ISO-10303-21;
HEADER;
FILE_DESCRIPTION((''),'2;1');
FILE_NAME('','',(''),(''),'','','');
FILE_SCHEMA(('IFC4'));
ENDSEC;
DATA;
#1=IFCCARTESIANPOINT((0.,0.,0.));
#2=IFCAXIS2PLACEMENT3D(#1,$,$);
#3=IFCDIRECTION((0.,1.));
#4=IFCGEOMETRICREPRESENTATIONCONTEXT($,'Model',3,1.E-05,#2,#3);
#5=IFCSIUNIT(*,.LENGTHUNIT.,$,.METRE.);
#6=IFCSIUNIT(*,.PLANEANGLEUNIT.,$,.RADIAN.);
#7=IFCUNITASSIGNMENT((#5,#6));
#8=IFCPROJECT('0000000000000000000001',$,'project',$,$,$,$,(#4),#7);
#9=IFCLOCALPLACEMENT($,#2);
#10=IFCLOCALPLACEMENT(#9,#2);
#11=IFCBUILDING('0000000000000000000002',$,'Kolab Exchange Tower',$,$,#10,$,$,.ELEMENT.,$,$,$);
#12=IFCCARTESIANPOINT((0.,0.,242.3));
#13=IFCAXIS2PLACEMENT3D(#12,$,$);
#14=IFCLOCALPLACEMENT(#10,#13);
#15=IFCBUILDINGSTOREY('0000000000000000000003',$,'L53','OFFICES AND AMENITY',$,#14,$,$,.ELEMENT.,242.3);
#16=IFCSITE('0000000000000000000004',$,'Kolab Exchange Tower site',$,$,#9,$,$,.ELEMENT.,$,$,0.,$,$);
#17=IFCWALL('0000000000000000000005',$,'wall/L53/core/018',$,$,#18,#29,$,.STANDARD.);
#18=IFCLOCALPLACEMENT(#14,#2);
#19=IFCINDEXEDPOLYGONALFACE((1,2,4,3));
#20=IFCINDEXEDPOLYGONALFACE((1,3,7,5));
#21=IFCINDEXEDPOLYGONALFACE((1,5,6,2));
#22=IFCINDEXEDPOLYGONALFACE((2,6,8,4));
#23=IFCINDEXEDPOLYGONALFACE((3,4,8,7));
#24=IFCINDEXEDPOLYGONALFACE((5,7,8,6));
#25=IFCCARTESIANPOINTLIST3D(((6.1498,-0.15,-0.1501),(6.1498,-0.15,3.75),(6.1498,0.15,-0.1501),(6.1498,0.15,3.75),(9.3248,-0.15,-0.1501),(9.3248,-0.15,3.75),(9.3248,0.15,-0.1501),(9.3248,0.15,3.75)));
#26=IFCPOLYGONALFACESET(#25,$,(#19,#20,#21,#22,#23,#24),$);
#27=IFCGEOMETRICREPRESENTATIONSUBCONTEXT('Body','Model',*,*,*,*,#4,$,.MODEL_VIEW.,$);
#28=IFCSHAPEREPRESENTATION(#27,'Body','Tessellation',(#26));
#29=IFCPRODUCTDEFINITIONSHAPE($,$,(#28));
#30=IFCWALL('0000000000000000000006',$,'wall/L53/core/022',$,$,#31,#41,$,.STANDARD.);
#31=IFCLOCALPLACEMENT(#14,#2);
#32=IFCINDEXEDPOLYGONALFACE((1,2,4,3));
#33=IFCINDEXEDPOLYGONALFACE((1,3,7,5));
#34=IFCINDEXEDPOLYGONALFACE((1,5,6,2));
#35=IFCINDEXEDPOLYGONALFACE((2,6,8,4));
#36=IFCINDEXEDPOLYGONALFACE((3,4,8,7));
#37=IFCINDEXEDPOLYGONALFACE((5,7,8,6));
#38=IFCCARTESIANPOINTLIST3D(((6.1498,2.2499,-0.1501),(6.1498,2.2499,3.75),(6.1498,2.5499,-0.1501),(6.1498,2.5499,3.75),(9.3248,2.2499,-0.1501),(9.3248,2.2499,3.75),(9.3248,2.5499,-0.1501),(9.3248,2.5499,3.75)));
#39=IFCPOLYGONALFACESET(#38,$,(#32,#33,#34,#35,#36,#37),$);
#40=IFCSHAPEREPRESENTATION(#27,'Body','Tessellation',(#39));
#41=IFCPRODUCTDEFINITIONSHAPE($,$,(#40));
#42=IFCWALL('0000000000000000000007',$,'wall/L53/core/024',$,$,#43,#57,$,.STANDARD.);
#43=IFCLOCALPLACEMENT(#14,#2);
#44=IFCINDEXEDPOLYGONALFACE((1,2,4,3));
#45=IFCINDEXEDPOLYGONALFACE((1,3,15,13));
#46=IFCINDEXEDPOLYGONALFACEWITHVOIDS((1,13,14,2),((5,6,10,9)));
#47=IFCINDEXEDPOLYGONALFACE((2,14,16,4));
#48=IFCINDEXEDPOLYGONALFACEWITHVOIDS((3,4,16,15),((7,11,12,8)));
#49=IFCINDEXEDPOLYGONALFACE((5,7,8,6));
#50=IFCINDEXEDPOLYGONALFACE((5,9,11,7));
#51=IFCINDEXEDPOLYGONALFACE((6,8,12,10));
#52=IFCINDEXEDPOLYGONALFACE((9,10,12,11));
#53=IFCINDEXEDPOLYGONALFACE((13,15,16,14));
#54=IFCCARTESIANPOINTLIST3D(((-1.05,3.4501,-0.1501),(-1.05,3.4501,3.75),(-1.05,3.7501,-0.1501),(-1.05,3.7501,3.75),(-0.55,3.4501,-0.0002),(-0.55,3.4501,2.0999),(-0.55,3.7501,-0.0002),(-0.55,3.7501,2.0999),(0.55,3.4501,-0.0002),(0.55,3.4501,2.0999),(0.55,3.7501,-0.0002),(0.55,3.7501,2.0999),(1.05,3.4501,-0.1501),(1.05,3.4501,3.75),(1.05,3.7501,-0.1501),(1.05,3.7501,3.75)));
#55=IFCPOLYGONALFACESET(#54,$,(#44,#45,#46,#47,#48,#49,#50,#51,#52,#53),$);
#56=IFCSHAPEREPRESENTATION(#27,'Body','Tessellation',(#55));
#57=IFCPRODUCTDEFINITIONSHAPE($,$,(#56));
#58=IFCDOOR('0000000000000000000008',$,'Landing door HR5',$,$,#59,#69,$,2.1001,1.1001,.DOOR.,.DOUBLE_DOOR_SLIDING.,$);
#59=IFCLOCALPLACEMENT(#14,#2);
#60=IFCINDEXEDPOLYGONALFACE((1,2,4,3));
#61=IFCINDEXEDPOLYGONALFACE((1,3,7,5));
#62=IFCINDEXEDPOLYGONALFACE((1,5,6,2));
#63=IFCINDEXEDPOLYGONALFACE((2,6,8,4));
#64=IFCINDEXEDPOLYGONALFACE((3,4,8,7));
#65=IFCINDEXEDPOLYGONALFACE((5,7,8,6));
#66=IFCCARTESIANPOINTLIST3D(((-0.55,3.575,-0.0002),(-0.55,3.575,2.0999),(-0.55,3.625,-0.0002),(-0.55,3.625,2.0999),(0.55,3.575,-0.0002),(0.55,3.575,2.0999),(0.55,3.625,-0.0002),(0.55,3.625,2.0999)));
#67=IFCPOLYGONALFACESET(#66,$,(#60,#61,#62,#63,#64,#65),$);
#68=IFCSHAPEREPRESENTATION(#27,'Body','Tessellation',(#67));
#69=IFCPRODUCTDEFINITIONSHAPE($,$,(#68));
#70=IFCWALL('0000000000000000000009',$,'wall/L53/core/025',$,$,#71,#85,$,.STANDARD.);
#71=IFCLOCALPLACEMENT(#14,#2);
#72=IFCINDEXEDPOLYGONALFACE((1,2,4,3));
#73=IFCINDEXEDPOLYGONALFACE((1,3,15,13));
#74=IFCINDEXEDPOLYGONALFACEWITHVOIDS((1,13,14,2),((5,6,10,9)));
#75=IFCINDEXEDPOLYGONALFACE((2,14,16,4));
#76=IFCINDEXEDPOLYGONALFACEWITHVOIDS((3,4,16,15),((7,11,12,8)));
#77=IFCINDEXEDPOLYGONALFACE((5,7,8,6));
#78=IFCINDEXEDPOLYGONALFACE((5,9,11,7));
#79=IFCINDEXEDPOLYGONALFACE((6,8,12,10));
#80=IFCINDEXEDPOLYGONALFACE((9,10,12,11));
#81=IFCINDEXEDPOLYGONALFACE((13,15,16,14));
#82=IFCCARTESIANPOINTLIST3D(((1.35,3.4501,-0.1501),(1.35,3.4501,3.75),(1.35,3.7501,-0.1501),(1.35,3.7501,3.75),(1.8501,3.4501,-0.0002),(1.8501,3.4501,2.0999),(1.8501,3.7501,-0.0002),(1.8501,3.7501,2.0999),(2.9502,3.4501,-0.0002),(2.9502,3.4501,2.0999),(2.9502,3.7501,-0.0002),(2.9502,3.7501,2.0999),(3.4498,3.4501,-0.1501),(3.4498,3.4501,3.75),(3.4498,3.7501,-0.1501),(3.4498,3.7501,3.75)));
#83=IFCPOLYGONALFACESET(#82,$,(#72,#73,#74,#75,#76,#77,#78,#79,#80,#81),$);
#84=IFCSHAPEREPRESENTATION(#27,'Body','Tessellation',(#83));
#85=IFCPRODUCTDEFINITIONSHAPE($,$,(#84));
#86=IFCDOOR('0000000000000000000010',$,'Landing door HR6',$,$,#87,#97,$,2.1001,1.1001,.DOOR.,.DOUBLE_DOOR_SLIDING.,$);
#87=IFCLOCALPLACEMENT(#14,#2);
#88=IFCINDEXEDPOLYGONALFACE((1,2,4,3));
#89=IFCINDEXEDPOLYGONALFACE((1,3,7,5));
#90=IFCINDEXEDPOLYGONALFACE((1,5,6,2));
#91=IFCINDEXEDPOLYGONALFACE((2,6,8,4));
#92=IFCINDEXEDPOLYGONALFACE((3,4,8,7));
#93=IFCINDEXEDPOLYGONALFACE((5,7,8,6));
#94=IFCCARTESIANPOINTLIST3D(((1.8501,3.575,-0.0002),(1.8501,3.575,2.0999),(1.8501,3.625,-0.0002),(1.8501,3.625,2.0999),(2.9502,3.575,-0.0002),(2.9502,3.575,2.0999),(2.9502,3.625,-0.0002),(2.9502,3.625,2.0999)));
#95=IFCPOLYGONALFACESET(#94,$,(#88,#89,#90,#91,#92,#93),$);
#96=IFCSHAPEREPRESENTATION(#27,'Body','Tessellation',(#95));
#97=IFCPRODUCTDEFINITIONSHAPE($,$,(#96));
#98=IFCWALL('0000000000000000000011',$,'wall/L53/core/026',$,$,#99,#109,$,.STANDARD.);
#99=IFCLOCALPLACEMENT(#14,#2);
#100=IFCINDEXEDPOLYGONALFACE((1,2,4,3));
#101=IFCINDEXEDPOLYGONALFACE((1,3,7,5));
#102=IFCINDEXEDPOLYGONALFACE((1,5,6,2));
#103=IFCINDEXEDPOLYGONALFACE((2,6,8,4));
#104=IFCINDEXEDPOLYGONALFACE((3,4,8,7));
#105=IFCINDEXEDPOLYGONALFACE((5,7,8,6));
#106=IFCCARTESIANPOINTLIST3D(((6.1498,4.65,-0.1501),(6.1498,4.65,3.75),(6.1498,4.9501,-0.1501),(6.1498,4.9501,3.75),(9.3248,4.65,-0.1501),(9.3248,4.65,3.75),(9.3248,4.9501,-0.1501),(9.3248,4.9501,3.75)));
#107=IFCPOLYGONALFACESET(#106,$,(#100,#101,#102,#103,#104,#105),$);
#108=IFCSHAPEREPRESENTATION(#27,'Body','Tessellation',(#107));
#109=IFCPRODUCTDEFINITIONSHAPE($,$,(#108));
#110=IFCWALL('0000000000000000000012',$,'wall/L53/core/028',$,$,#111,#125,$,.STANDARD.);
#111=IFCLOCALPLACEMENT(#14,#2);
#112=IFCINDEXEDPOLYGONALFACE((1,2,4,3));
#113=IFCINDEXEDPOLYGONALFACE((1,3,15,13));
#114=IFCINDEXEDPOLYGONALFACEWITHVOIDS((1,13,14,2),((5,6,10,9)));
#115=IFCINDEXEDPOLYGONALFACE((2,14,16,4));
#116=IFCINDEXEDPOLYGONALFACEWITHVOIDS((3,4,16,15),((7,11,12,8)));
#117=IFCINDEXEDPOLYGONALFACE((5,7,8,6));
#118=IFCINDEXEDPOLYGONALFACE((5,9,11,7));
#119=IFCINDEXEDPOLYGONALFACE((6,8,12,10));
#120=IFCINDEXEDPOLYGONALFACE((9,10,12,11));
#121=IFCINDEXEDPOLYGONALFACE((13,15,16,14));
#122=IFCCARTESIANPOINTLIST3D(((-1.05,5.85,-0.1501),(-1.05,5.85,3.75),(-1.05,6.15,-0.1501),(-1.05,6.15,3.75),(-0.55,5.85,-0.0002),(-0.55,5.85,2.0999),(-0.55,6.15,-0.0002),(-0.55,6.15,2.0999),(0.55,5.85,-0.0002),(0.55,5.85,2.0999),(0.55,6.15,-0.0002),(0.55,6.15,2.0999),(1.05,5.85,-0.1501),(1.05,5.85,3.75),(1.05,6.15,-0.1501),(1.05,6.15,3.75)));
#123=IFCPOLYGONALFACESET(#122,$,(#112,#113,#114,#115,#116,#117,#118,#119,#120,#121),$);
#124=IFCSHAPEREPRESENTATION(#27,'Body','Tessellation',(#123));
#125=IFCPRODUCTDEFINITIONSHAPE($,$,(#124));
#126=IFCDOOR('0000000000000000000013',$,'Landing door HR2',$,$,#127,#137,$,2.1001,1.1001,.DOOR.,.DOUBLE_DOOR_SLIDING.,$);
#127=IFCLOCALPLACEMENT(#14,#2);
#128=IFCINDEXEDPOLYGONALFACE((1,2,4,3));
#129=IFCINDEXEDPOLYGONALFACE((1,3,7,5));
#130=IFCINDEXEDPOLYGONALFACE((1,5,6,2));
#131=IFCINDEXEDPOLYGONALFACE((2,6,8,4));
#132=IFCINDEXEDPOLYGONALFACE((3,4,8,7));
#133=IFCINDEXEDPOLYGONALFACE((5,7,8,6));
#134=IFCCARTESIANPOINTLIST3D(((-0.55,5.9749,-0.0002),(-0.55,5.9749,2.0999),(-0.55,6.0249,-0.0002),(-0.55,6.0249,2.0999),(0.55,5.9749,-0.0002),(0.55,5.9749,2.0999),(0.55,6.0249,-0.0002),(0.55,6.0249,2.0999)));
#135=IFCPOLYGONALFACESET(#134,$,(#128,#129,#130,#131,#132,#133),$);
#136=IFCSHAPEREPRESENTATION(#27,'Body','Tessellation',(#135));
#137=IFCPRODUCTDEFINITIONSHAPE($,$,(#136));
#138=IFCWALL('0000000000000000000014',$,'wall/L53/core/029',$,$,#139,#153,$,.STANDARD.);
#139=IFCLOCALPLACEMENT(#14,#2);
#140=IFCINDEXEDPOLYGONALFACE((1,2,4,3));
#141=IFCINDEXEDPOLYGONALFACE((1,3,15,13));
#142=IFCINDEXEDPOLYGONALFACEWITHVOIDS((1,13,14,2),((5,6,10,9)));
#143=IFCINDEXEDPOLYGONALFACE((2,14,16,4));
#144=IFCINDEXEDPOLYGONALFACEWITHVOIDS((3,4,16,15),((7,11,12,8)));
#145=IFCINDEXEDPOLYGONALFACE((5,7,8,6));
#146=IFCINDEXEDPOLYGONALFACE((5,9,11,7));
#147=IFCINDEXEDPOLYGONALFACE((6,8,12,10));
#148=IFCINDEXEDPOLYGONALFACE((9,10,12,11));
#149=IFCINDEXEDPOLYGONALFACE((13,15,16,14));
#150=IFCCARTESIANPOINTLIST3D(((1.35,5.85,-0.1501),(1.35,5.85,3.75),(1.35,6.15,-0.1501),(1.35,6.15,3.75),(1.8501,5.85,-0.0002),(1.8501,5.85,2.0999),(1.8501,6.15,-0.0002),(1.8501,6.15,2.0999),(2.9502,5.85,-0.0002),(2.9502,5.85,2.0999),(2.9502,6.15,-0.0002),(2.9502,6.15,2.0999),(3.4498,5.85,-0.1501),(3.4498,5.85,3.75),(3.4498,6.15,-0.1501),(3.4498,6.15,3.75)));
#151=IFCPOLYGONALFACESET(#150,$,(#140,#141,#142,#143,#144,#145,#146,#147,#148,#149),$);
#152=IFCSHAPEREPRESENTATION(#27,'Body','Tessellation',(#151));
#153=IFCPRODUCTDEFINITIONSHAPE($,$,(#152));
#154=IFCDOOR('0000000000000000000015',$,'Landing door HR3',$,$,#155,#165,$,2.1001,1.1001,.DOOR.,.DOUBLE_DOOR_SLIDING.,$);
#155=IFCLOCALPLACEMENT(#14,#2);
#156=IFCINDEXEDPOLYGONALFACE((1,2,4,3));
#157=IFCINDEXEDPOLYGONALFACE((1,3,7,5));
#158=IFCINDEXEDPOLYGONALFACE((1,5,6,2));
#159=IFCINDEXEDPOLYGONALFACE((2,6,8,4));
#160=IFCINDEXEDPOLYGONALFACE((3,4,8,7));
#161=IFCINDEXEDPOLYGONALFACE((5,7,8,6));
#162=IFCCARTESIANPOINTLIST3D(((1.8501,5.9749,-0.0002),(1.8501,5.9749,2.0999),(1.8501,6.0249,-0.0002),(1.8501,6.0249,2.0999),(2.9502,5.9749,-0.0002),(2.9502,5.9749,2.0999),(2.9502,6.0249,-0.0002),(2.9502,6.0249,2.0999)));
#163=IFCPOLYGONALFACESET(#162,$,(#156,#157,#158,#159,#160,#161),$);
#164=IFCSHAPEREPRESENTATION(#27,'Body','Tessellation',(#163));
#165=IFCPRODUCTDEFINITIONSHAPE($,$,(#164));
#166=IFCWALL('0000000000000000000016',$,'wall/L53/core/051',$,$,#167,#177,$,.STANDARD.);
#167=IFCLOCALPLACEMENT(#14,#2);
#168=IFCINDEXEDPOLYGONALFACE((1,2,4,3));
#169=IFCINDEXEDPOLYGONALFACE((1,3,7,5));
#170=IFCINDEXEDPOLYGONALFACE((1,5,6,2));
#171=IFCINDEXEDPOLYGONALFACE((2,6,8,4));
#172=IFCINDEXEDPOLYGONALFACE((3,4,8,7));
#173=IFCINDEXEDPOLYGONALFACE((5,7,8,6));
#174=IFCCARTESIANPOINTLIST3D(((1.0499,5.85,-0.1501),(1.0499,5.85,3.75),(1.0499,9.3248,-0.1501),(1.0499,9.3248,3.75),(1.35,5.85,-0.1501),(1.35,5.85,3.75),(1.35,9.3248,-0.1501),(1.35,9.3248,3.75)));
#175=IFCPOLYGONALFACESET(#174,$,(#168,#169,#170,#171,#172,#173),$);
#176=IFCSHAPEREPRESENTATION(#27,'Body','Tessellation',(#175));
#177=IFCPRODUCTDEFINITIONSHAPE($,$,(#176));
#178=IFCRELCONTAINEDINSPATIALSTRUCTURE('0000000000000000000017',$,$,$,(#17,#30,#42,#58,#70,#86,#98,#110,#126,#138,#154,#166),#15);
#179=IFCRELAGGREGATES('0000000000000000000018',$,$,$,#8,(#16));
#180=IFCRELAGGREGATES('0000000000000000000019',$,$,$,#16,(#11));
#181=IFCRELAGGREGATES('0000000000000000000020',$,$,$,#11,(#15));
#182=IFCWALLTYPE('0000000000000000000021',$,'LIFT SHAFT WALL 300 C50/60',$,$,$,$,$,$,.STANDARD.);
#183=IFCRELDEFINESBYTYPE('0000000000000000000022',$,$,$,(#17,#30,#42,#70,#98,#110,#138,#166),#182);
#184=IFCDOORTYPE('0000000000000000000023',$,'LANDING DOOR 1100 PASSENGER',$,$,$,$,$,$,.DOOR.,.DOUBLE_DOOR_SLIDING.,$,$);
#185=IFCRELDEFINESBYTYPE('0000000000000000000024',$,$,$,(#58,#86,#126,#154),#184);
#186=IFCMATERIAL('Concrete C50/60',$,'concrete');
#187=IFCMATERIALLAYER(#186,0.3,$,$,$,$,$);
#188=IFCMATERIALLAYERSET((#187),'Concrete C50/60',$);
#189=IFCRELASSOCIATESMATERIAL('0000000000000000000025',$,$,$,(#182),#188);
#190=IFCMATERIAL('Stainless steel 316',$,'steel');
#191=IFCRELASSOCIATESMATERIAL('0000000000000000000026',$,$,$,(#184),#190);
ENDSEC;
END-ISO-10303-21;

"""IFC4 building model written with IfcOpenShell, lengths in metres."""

from ifc_helpers import new_model, si_unit, direction, frame, frame_2d, origin, place, context, subcontext, project, spatial, rectangle, extrude, material, layer, layer_set, type_object, element, fill, save


model = new_model("IFC4")

# Units and contexts
model_context = context("Model", 3, precision=1e-05, world=origin(), true_north=direction((0.0, 1.0)))
body_context = subcontext(model_context, "Body", "Model", "MODEL_VIEW")
ifc_project = project(units=[si_unit("LENGTHUNIT", "METRE"), si_unit("PLANEANGLEUNIT", "RADIAN")], contexts=[model_context])

# Site, building, storey
site_placement = place(None, origin())
site = spatial("IfcSite", under=ifc_project, at=site_placement, Name="Kolab Exchange Tower site", CompositionType="ELEMENT", RefElevation=0.0)
building_placement = place(site_placement, origin())
building = spatial("IfcBuilding", under=site, at=building_placement, Name="Kolab Exchange Tower", CompositionType="ELEMENT")
storey_placement = place(building_placement, frame((0.0, 0.0, 242.3)))
storey = spatial("IfcBuildingStorey", under=building, at=storey_placement, Name="L53", Description="OFFICES AND AMENITY", CompositionType="ELEMENT", Elevation=242.3)

# Shared definitions
ifc_material_1 = material(Name="Concrete C50/60", Category="concrete")

# Walls
ifc_layer_1 = layer(ifc_material_1, 0.3)
ifc_layer_set_1 = layer_set([ifc_layer_1], Name="Concrete C50/60")
wall_type = type_object("IfcWallType", Name="LIFT SHAFT WALL 300 C50/60", PredefinedType="STANDARD", material=ifc_layer_set_1)
for number, where, z_axis, x_axis, name in (
    (1, (6.1499, 0.0, -0.1501), (0.0, 0.0, 1.0), (1.0, 0.0, 0.0), "wall/L53/core/018"),
    (2, (6.1499, 2.3999, -0.1501), (0.0, 0.0, 1.0), (1.0, 0.0, 0.0), "wall/L53/core/022"),
):
    element("IfcWall", number, at=place(storey_placement, frame(where, z_axis=z_axis, x_axis=x_axis)), inside=storey, type_object=wall_type, Name=name, PredefinedType="STANDARD", context=body_context, shape_type="SweptSolid", body=[
        extrude(rectangle(XDim=3.175, YDim=0.3, at=frame_2d((1.5874, 0.0))), origin(), (0.0, 0.0, 1.0), 3.9001),
    ])

# Walls, openings, doors
wall_1_placement = place(storey_placement, frame((-1.05, 3.6001, -0.1501), z_axis=(0.0, 0.0, 1.0), x_axis=(1.0, 0.0, 0.0)))
wall_1 = element("IfcWall", 3, at=wall_1_placement, inside=storey, type_object=wall_type, Name="wall/L53/core/024", PredefinedType="STANDARD", context=body_context, shape_type="SweptSolid", body=[
    extrude(rectangle(XDim=2.1001, YDim=0.3, at=frame_2d((1.05, 0.0))), origin(), (0.0, 0.0, 1.0), 3.9001),
])
opening_1_placement = place(wall_1_placement, frame((0.5, 0.0, 0.1499)))
opening_1 = element("IfcOpeningElement", 4, at=opening_1_placement, cuts=wall_1, PredefinedType="OPENING", context=body_context, shape_type="SweptSolid", body=[
    extrude(rectangle(XDim=1.1001, YDim=2.1001, at=frame_2d((0.55, 1.05))), frame((0.0, 0.1602, 0.0), z_axis=(0.0, -1.0, 0.0), x_axis=(1.0, 0.0, 0.0)), (0.0, 0.0, 1.0), 0.3201),
])
ifc_material_2 = material(Name="Stainless steel 316", Category="steel")
door_type = type_object("IfcDoorType", Name="LANDING DOOR 1100 PASSENGER", OperationType="DOUBLE_DOOR_SLIDING", PredefinedType="DOOR", material=ifc_material_2)
door_1_placement = place(opening_1_placement, origin())
door_1 = element("IfcDoor", 5, at=door_1_placement, inside=storey, type_object=door_type, Name="Landing door HR5", OperationType="DOUBLE_DOOR_SLIDING", OverallHeight=2.1001, OverallWidth=1.1001, PredefinedType="DOOR", context=body_context, shape_type="SweptSolid", body=[
    extrude(rectangle(XDim=1.1001, YDim=2.1001, at=frame_2d((0.55, 1.05))), frame((0.0, 0.0249, 0.0), z_axis=(0.0, -1.0, 0.0), x_axis=(1.0, 0.0, 0.0)), (0.0, 0.0, 1.0), 0.05),
])
fill(opening_1, door_1)
wall_2_placement = place(storey_placement, frame((1.3501, 3.6001, -0.1501), z_axis=(0.0, 0.0, 1.0), x_axis=(1.0, 0.0, 0.0)))
wall_2 = element("IfcWall", 6, at=wall_2_placement, inside=storey, type_object=wall_type, Name="wall/L53/core/025", PredefinedType="STANDARD", context=body_context, shape_type="SweptSolid", body=[
    extrude(rectangle(XDim=2.0999, YDim=0.3, at=frame_2d((1.0498, 0.0))), origin(), (0.0, 0.0, 1.0), 3.9001),
])
opening_2_placement = place(wall_2_placement, frame((0.5, 0.0, 0.1499)))
opening_2 = element("IfcOpeningElement", 7, at=opening_2_placement, cuts=wall_2, PredefinedType="OPENING", context=body_context, shape_type="SweptSolid", body=[
    extrude(rectangle(XDim=1.1001, YDim=2.1001, at=frame_2d((0.55, 1.05))), frame((0.0, 0.1602, 0.0), z_axis=(0.0, -1.0, 0.0), x_axis=(1.0, 0.0, 0.0)), (0.0, 0.0, 1.0), 0.3201),
])
door_2_placement = place(opening_2_placement, origin())
door_2 = element("IfcDoor", 8, at=door_2_placement, inside=storey, type_object=door_type, Name="Landing door HR6", OperationType="DOUBLE_DOOR_SLIDING", OverallHeight=2.1001, OverallWidth=1.1001, PredefinedType="DOOR", context=body_context, shape_type="SweptSolid", body=[
    extrude(rectangle(XDim=1.1001, YDim=2.1001, at=frame_2d((0.55, 1.05))), frame((0.0, 0.0249, 0.0), z_axis=(0.0, -1.0, 0.0), x_axis=(1.0, 0.0, 0.0)), (0.0, 0.0, 1.0), 0.05),
])
fill(opening_2, door_2)

# Wall
wall_3_placement = place(storey_placement, frame((6.1499, 4.8, -0.1501), z_axis=(0.0, 0.0, 1.0), x_axis=(1.0, 0.0, 0.0)))
element("IfcWall", 9, at=wall_3_placement, inside=storey, type_object=wall_type, Name="wall/L53/core/026", PredefinedType="STANDARD", context=body_context, shape_type="SweptSolid", body=[
    extrude(rectangle(XDim=3.175, YDim=0.3, at=frame_2d((1.5874, 0.0))), origin(), (0.0, 0.0, 1.0), 3.9001),
])

# Walls, openings, doors
wall_4_placement = place(storey_placement, frame((-1.05, 6.0, -0.1501), z_axis=(0.0, 0.0, 1.0), x_axis=(1.0, 0.0, 0.0)))
wall_4 = element("IfcWall", 10, at=wall_4_placement, inside=storey, type_object=wall_type, Name="wall/L53/core/028", PredefinedType="STANDARD", context=body_context, shape_type="SweptSolid", body=[
    extrude(rectangle(XDim=2.1001, YDim=0.3, at=frame_2d((1.05, 0.0))), origin(), (0.0, 0.0, 1.0), 3.9001),
])
opening_3_placement = place(wall_4_placement, frame((0.5, 0.0, 0.1499)))
opening_3 = element("IfcOpeningElement", 11, at=opening_3_placement, cuts=wall_4, PredefinedType="OPENING", context=body_context, shape_type="SweptSolid", body=[
    extrude(rectangle(XDim=1.1001, YDim=2.1001, at=frame_2d((0.55, 1.05))), frame((0.0, 0.1602, 0.0), z_axis=(0.0, -1.0, 0.0), x_axis=(1.0, 0.0, 0.0)), (0.0, 0.0, 1.0), 0.3201),
])
door_3_placement = place(opening_3_placement, origin())
door_3 = element("IfcDoor", 12, at=door_3_placement, inside=storey, type_object=door_type, Name="Landing door HR2", OperationType="DOUBLE_DOOR_SLIDING", OverallHeight=2.1001, OverallWidth=1.1001, PredefinedType="DOOR", context=body_context, shape_type="SweptSolid", body=[
    extrude(rectangle(XDim=1.1001, YDim=2.1001, at=frame_2d((0.55, 1.05))), frame((0.0, 0.0249, 0.0), z_axis=(0.0, -1.0, 0.0), x_axis=(1.0, 0.0, 0.0)), (0.0, 0.0, 1.0), 0.05),
])
fill(opening_3, door_3)
wall_5_placement = place(storey_placement, frame((1.3501, 6.0, -0.1501), z_axis=(0.0, 0.0, 1.0), x_axis=(1.0, 0.0, 0.0)))
wall_5 = element("IfcWall", 13, at=wall_5_placement, inside=storey, type_object=wall_type, Name="wall/L53/core/029", PredefinedType="STANDARD", context=body_context, shape_type="SweptSolid", body=[
    extrude(rectangle(XDim=2.0999, YDim=0.3, at=frame_2d((1.0498, 0.0))), origin(), (0.0, 0.0, 1.0), 3.9001),
])
opening_4_placement = place(wall_5_placement, frame((0.5, 0.0, 0.1499)))
opening_4 = element("IfcOpeningElement", 14, at=opening_4_placement, cuts=wall_5, PredefinedType="OPENING", context=body_context, shape_type="SweptSolid", body=[
    extrude(rectangle(XDim=1.1001, YDim=2.1001, at=frame_2d((0.55, 1.05))), frame((0.0, 0.1602, 0.0), z_axis=(0.0, -1.0, 0.0), x_axis=(1.0, 0.0, 0.0)), (0.0, 0.0, 1.0), 0.3201),
])
door_4_placement = place(opening_4_placement, origin())
door_4 = element("IfcDoor", 15, at=door_4_placement, inside=storey, type_object=door_type, Name="Landing door HR3", OperationType="DOUBLE_DOOR_SLIDING", OverallHeight=2.1001, OverallWidth=1.1001, PredefinedType="DOOR", context=body_context, shape_type="SweptSolid", body=[
    extrude(rectangle(XDim=1.1001, YDim=2.1001, at=frame_2d((0.55, 1.05))), frame((0.0, 0.0249, 0.0), z_axis=(0.0, -1.0, 0.0), x_axis=(1.0, 0.0, 0.0)), (0.0, 0.0, 1.0), 0.05),
])
fill(opening_4, door_4)

# Wall
for number, where, z_axis, x_axis, name in (
    (16, (1.2, 5.8501, -0.1501), (0.0, 0.0, 1.0), (0.0, 1.0, 0.0), "wall/L53/core/051"),
):
    element("IfcWall", number, at=place(storey_placement, frame(where, z_axis=z_axis, x_axis=x_axis)), inside=storey, type_object=wall_type, Name=name, PredefinedType="STANDARD", context=body_context, shape_type="SweptSolid", body=[
        extrude(rectangle(XDim=3.4749, YDim=0.3, at=frame_2d((1.7373, 0.0))), origin(), (0.0, 0.0, 1.0), 3.9001),
    ])

save(model, "model.ifc")
